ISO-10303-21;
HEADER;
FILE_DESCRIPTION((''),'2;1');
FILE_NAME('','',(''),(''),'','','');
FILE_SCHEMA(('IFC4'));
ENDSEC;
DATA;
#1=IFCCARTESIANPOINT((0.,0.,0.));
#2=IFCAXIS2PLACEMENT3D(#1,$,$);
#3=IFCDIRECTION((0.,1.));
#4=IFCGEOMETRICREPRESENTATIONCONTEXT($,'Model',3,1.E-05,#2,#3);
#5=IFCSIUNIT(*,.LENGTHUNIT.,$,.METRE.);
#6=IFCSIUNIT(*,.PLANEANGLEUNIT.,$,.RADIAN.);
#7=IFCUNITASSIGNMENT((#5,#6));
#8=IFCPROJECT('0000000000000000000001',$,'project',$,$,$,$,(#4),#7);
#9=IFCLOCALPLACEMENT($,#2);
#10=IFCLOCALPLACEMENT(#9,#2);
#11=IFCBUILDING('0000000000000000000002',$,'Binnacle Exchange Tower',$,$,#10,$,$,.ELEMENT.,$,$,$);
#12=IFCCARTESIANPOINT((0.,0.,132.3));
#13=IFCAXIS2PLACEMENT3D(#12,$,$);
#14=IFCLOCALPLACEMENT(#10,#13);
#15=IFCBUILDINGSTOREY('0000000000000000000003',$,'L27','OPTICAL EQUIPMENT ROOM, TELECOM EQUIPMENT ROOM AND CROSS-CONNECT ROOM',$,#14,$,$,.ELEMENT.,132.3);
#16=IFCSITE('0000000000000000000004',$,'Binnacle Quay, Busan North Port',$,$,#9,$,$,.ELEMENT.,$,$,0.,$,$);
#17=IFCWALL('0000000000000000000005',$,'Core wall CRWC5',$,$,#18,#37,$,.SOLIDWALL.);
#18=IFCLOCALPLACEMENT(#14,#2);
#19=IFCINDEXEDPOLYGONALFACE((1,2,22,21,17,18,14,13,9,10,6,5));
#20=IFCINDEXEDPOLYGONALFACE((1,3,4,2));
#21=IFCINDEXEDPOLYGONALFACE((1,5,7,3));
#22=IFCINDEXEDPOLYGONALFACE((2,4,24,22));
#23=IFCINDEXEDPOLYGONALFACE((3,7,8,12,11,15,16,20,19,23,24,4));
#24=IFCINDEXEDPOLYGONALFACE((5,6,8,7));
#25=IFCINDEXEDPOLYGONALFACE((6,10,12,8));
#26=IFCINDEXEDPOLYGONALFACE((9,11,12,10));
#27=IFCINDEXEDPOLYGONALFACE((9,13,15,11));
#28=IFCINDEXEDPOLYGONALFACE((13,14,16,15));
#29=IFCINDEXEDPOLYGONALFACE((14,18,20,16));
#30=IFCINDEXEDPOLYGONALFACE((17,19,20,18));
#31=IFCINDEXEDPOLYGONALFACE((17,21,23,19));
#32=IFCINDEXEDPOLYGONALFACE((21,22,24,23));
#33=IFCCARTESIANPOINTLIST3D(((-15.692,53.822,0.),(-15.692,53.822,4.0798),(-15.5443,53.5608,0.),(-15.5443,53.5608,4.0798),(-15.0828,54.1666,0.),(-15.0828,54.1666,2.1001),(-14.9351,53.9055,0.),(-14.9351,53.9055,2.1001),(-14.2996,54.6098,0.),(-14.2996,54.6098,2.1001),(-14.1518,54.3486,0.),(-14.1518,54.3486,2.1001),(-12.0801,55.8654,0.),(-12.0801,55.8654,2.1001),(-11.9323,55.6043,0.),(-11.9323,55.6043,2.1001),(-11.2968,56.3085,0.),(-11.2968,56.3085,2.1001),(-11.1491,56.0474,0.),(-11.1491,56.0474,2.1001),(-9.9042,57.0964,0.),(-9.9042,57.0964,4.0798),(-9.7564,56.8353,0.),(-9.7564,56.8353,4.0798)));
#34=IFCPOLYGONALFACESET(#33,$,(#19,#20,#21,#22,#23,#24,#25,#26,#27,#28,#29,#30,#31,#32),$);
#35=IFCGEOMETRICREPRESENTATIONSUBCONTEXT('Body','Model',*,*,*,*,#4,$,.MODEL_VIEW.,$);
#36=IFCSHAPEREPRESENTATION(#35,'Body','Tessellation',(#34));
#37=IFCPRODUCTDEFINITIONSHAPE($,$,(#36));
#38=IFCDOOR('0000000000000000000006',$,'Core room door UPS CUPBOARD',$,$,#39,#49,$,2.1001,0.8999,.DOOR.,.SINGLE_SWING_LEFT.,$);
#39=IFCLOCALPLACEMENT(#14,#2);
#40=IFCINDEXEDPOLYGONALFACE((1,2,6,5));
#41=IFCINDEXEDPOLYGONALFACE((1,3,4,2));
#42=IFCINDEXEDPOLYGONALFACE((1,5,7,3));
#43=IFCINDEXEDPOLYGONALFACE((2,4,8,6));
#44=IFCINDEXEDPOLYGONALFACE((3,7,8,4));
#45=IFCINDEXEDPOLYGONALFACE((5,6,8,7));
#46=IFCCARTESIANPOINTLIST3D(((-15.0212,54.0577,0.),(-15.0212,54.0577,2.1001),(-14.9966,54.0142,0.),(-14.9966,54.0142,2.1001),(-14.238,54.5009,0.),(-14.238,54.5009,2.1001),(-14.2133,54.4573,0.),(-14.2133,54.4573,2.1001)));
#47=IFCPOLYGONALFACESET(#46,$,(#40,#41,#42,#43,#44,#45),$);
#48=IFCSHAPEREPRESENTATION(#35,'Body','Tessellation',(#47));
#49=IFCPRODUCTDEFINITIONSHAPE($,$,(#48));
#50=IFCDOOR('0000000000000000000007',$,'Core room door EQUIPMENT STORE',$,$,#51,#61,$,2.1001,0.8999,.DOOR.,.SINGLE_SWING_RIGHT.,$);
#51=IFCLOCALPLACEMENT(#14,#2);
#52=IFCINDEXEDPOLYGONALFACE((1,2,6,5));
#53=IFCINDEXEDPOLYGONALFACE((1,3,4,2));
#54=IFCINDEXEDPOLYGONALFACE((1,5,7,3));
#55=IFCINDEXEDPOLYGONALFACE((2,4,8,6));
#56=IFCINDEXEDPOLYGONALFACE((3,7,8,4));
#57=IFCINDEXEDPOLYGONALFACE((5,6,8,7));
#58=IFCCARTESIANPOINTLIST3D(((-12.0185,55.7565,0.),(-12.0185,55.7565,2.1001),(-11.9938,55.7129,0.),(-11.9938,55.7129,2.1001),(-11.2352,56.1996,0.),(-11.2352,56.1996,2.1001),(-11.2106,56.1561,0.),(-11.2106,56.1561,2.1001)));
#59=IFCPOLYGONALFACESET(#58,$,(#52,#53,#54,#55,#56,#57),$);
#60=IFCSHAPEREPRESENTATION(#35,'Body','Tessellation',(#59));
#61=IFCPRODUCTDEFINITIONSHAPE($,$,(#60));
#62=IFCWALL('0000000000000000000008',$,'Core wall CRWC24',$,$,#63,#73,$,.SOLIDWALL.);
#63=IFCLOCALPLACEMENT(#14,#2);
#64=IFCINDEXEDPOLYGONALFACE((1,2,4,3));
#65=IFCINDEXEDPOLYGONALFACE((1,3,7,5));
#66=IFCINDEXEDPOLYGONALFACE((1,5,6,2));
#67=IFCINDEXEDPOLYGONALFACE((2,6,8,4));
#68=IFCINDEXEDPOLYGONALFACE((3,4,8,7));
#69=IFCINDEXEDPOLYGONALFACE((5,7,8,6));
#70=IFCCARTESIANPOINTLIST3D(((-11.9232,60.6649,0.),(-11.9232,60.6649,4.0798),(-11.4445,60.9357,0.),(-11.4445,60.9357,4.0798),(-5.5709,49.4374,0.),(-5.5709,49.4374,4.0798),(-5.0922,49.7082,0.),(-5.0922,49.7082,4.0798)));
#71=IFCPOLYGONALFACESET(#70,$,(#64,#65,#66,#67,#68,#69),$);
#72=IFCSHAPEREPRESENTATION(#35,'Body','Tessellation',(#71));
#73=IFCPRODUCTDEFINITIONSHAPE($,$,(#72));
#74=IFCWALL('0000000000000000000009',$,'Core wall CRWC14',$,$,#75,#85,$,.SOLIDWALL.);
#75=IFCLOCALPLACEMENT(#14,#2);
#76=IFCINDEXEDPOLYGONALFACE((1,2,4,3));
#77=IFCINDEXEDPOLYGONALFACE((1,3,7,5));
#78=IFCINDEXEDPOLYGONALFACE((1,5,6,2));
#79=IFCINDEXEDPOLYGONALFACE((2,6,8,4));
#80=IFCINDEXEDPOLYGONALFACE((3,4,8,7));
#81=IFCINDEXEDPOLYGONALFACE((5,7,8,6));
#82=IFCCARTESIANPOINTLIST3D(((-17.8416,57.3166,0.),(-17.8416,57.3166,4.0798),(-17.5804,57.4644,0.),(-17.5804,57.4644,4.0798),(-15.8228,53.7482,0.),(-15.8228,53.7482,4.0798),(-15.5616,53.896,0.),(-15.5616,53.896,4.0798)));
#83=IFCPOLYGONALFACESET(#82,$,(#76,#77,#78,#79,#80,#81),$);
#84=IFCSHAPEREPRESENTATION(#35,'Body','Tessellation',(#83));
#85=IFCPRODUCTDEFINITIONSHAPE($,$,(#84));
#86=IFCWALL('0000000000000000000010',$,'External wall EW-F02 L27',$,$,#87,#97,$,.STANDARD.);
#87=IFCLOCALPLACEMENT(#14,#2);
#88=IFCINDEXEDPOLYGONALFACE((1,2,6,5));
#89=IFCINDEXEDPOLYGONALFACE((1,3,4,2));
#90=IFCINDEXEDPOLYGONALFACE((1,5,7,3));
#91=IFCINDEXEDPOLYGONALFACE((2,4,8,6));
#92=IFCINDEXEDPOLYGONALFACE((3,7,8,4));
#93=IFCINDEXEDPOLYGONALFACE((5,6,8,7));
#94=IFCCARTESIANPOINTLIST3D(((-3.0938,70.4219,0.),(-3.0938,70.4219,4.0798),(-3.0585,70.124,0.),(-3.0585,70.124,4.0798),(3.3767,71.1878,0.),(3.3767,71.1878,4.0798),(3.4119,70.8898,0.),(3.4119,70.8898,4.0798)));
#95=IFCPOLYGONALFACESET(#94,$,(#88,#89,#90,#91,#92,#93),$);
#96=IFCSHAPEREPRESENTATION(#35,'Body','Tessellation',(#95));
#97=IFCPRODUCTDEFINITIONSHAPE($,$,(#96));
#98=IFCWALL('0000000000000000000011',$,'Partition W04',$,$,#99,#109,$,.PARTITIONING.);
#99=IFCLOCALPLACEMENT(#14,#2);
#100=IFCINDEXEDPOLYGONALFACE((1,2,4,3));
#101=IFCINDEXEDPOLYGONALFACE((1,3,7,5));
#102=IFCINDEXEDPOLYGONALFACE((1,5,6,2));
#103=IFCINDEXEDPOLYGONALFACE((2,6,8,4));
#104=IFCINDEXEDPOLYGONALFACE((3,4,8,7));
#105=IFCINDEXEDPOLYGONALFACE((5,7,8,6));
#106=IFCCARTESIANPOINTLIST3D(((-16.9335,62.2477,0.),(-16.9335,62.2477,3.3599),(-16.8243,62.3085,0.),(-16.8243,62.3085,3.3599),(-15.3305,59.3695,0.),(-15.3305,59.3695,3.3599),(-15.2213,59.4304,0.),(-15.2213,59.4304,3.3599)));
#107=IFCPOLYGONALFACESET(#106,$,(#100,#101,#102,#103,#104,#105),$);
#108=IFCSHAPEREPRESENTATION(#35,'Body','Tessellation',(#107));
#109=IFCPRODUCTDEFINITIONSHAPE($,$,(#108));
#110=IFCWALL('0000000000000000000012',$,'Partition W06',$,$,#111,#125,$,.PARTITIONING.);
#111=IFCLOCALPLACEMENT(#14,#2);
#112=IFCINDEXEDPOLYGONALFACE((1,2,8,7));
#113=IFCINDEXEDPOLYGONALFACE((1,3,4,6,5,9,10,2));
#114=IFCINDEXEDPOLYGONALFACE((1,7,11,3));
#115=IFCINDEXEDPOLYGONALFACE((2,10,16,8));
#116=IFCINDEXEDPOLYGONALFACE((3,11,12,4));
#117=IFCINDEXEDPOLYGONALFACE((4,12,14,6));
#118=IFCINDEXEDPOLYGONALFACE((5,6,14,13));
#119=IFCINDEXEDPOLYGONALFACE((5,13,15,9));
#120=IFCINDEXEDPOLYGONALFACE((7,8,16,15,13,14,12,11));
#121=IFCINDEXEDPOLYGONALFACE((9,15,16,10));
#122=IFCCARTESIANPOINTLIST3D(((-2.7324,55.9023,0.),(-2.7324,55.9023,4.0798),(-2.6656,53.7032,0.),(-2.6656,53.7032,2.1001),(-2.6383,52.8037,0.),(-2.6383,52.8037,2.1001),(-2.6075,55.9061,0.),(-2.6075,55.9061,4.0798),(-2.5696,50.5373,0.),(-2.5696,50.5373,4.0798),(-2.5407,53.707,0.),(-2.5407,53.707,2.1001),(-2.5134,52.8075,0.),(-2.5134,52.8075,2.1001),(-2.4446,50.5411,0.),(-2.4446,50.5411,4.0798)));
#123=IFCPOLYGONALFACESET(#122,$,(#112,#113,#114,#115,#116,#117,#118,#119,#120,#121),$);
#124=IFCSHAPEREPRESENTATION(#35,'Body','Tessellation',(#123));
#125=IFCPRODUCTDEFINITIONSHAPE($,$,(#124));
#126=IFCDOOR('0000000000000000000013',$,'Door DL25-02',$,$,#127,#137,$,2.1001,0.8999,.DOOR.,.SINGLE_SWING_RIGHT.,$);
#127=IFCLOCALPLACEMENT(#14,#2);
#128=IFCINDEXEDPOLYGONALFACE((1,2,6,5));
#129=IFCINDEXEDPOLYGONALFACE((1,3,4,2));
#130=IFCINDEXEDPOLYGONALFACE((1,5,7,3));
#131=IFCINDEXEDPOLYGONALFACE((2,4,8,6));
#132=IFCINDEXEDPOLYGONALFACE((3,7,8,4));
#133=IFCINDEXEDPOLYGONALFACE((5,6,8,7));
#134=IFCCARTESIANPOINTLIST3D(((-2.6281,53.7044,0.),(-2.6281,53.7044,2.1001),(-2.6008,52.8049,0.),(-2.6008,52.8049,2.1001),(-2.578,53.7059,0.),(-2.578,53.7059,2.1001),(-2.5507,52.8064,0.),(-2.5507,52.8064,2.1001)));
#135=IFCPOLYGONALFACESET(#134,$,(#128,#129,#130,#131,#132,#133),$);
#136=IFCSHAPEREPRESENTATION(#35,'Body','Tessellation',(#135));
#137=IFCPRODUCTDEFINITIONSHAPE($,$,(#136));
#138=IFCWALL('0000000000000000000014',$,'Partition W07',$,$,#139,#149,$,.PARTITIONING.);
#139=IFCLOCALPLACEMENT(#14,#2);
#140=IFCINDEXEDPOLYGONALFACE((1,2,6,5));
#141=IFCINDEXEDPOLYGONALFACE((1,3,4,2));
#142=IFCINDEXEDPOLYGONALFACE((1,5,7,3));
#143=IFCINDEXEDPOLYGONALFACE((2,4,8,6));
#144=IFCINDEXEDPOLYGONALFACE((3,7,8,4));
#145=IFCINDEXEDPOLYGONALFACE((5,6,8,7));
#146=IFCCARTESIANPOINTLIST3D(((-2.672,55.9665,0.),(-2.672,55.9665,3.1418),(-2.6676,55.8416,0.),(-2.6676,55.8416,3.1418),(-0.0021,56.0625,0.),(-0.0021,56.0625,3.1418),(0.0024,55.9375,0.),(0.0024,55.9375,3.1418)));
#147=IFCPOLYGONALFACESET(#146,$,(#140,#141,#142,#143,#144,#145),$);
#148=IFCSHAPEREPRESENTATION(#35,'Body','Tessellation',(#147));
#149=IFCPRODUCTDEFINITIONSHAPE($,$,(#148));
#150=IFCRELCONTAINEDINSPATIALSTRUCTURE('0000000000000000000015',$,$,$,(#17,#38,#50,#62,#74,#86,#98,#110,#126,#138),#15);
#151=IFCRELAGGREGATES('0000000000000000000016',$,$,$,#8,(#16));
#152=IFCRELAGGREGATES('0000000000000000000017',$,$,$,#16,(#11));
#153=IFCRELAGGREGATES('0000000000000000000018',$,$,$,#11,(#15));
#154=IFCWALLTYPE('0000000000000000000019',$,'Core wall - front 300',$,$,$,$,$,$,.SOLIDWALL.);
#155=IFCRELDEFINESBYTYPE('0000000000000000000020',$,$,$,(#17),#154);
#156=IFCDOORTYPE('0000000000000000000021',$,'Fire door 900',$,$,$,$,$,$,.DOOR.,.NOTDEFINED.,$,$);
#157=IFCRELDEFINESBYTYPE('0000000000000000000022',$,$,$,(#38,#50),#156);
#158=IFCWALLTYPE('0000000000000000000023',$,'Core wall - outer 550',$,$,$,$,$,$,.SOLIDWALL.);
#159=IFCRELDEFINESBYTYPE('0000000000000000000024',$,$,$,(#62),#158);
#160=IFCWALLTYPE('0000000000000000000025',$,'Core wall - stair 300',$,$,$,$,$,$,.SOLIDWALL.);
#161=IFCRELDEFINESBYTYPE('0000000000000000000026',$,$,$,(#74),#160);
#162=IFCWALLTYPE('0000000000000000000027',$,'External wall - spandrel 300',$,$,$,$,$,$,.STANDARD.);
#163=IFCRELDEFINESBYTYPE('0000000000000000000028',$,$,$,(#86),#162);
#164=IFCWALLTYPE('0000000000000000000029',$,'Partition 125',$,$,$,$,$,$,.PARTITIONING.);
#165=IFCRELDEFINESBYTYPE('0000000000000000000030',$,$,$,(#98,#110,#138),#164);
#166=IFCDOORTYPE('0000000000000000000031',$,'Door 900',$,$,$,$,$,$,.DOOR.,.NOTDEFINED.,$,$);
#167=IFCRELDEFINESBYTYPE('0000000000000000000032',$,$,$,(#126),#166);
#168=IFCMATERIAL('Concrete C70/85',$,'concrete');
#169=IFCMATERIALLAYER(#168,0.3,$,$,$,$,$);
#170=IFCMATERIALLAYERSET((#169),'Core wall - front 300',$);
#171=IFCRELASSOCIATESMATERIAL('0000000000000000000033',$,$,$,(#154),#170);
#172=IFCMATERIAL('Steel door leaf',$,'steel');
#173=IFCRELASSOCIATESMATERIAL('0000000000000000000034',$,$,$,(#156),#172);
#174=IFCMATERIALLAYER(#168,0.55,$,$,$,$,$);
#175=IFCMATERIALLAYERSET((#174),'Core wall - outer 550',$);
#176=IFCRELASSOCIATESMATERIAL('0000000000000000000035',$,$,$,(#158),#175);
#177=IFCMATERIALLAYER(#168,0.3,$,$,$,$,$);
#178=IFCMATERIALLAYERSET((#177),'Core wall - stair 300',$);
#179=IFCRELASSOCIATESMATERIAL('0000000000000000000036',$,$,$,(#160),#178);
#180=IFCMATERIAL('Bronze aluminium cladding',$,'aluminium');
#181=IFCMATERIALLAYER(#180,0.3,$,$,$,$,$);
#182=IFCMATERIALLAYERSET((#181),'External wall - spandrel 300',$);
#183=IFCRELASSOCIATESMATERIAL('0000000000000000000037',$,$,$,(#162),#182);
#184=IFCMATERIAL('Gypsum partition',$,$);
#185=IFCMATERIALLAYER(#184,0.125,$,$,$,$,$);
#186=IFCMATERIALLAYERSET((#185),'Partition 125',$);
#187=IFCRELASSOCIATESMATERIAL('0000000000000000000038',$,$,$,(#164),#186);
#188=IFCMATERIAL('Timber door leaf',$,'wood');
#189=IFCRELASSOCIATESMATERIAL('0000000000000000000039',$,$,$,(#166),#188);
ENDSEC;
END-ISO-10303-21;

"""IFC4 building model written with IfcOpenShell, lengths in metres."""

from ifc_helpers import new_model, si_unit, direction, frame, frame_2d, origin, place, context, subcontext, project, spatial, rectangle, extrude, material, layer, layer_set, type_object, element, fill, save


model = new_model("IFC4")

# Units and contexts
model_context = context("Model", 3, precision=1e-05, world=origin(), true_north=direction((0.0, 1.0)))
body_context = subcontext(model_context, "Body", "Model", "MODEL_VIEW")
ifc_project = project(units=[si_unit("LENGTHUNIT", "METRE"), si_unit("PLANEANGLEUNIT", "RADIAN")], contexts=[model_context])

# Site, building, storey
site_placement = place(None, origin())
site = spatial("IfcSite", under=ifc_project, at=site_placement, Name="Binnacle Quay, Busan North Port", CompositionType="ELEMENT", RefElevation=0.0)
building_placement = place(site_placement, origin())
building = spatial("IfcBuilding", under=site, at=building_placement, Name="Binnacle Exchange Tower", CompositionType="ELEMENT")
storey_placement = place(building_placement, frame((0.0, 0.0, 132.3)))
storey = spatial("IfcBuildingStorey", under=building, at=storey_placement, Name="L27", Description="OPTICAL EQUIPMENT ROOM, TELECOM EQUIPMENT ROOM AND CROSS-CONNECT ROOM", CompositionType="ELEMENT", Elevation=132.3)

# Shared definitions
ifc_material_1 = material(Name="Concrete C70/85", Category="concrete")

# Wall, openings, doors
ifc_layer_1 = layer(ifc_material_1, 0.3)
ifc_layer_set_1 = layer_set([ifc_layer_1], Name="Core wall - front 300")
wall_type_1 = type_object("IfcWallType", Name="Core wall - front 300", PredefinedType="SOLIDWALL", material=ifc_layer_set_1)
wall_1_placement = place(storey_placement, frame((-15.6182, 53.6914, 0.0), z_axis=(0.0, 0.0, 1.0), x_axis=(0.870368, 0.492402, 0.0)))
wall_1 = element("IfcWall", 1, at=wall_1_placement, inside=storey, type_object=wall_type_1, Name="Core wall CRWC5", PredefinedType="SOLIDWALL", context=body_context, shape_type="SweptSolid", body=[
    extrude(rectangle(XDim=6.6499, YDim=0.3, at=frame_2d((3.325, 0.0))), origin(), (0.0, 0.0, 1.0), 4.0798),
])
opening_1_placement = place(wall_1_placement, frame((0.7, 0.0, 0.0)))
opening_1 = element("IfcOpeningElement", 2, at=opening_1_placement, cuts=wall_1, PredefinedType="OPENING", context=body_context, shape_type="SweptSolid", body=[
    extrude(rectangle(XDim=0.8999, YDim=2.1001, at=frame_2d((0.45, 1.05))), frame((0.0, 0.1599, 0.0), z_axis=(0.0, -1.0, 0.0), x_axis=(1.0, 0.0, 0.0)), (0.0, 0.0, 1.0), 0.3201),
])
opening_2_placement = place(wall_1_placement, frame((4.1499, 0.0, 0.0)))
opening_2 = element("IfcOpeningElement", 3, at=opening_2_placement, cuts=wall_1, PredefinedType="OPENING", context=body_context, shape_type="SweptSolid", body=[
    extrude(rectangle(XDim=0.8999, YDim=2.1001, at=frame_2d((0.45, 1.05))), frame((0.0, 0.1599, 0.0), z_axis=(0.0, -1.0, 0.0), x_axis=(1.0, 0.0, 0.0)), (0.0, 0.0, 1.0), 0.3201),
])
ifc_material_2 = material(Name="Steel door leaf", Category="steel")
door_type_1 = type_object("IfcDoorType", Name="Fire door 900", OperationType="NOTDEFINED", PredefinedType="DOOR", material=ifc_material_2)
door_1_placement = place(opening_1_placement, origin())
door_1 = element("IfcDoor", 4, at=door_1_placement, inside=storey, type_object=door_type_1, Name="Core room door UPS CUPBOARD", OperationType="SINGLE_SWING_LEFT", OverallHeight=2.1001, OverallWidth=0.8999, PredefinedType="DOOR", context=body_context, shape_type="SweptSolid", body=[
    extrude(rectangle(XDim=0.8999, YDim=2.1001, at=frame_2d((0.45, 1.05))), frame((0.0, 0.0249, 0.0), z_axis=(0.0, -1.0, 0.0), x_axis=(1.0, 0.0, 0.0)), (0.0, 0.0, 1.0), 0.05),
])
fill(opening_1, door_1)
door_2_placement = place(opening_2_placement, origin())
door_2 = element("IfcDoor", 5, at=door_2_placement, inside=storey, type_object=door_type_1, Name="Core room door EQUIPMENT STORE", OperationType="SINGLE_SWING_RIGHT", OverallHeight=2.1001, OverallWidth=0.8999, PredefinedType="DOOR", context=body_context, shape_type="SweptSolid", body=[
    extrude(rectangle(XDim=0.8999, YDim=2.1001, at=frame_2d((0.45, 1.05))), frame((0.0, 0.0249, 0.0), z_axis=(0.0, -1.0, 0.0), x_axis=(1.0, 0.0, 0.0)), (0.0, 0.0, 1.0), 0.05),
])
fill(opening_2, door_2)

# Walls
ifc_layer_2 = layer(ifc_material_1, 0.55)
ifc_layer_set_2 = layer_set([ifc_layer_2], Name="Core wall - outer 550")
wall_type_2 = type_object("IfcWallType", Name="Core wall - outer 550", PredefinedType="SOLIDWALL", material=ifc_layer_set_2)
wall_2_placement = place(storey_placement, frame((-11.6838, 60.8003, 0.0), z_axis=(0.0, 0.0, 1.0), x_axis=(0.492427, -0.870354, 0.0)))
element("IfcWall", 6, at=wall_2_placement, inside=storey, type_object=wall_type_2, Name="Core wall CRWC24", PredefinedType="SOLIDWALL", context=body_context, shape_type="SweptSolid", body=[
    extrude(rectangle(XDim=12.8999, YDim=0.55, at=frame_2d((6.45, 0.0))), origin(), (0.0, 0.0, 1.0), 4.0798),
])
ifc_layer_3 = layer(ifc_material_1, 0.3)
ifc_layer_set_3 = layer_set([ifc_layer_3], Name="Core wall - stair 300")
wall_type_3 = type_object("IfcWallType", Name="Core wall - stair 300", PredefinedType="SOLIDWALL", material=ifc_layer_set_3)
wall_3_placement = place(storey_placement, frame((-17.7109, 57.3904, 0.0), z_axis=(0.0, 0.0, 1.0), x_axis=(0.492408, -0.870364, 0.0)))
element("IfcWall", 7, at=wall_3_placement, inside=storey, type_object=wall_type_3, Name="Core wall CRWC14", PredefinedType="SOLIDWALL", context=body_context, shape_type="SweptSolid", body=[
    extrude(rectangle(XDim=4.0999, YDim=0.3, at=frame_2d((2.0498, 0.0))), origin(), (0.0, 0.0, 1.0), 4.0798),
])
ifc_material_3 = material(Name="Bronze aluminium cladding", Category="aluminium")
ifc_layer_4 = layer(ifc_material_3, 0.3)
ifc_layer_set_4 = layer_set([ifc_layer_4], Name="External wall - spandrel 300")
wall_type_4 = type_object("IfcWallType", Name="External wall - spandrel 300", PredefinedType="STANDARD", material=ifc_layer_set_4)
wall_4_placement = place(storey_placement, frame((-3.0762, 70.2729, 0.0), z_axis=(0.0, 0.0, 1.0), x_axis=(0.993068, 0.117543, 0.0)))
element("IfcWall", 8, at=wall_4_placement, inside=storey, type_object=wall_type_4, Name="External wall EW-F02 L27", PredefinedType="STANDARD", context=body_context, shape_type="SweptSolid", body=[
    extrude(rectangle(XDim=6.5156, YDim=0.3, at=frame_2d((3.2578, 0.0))), origin(), (0.0, 0.0, 1.0), 4.0798),
])
ifc_material_4 = material(Name="Gypsum partition")
ifc_layer_5 = layer(ifc_material_4, 0.125)
ifc_layer_set_5 = layer_set([ifc_layer_5], Name="Partition 125")
wall_type_5 = type_object("IfcWallType", Name="Partition 125", PredefinedType="PARTITIONING", material=ifc_layer_set_5)
wall_5_placement = place(storey_placement, frame((-16.8789, 62.2781, 0.0), z_axis=(0.0, 0.0, 1.0), x_axis=(0.48658, -0.873636, 0.0)))
element("IfcWall", 9, at=wall_5_placement, inside=storey, type_object=wall_type_5, Name="Partition W04", PredefinedType="PARTITIONING", context=body_context, shape_type="SweptSolid", body=[
    extrude(rectangle(XDim=3.2944, YDim=0.125, at=frame_2d((1.6472, 0.0))), origin(), (0.0, 0.0, 1.0), 3.3599),
])

# Wall, opening, door
wall_6_placement = place(storey_placement, frame((-2.6699, 55.9041, 0.0), z_axis=(0.0, 0.0, 1.0), x_axis=(0.030339, -0.99954, 0.0)))
wall_6 = element("IfcWall", 10, at=wall_6_placement, inside=storey, type_object=wall_type_5, Name="Partition W06", PredefinedType="PARTITIONING", context=body_context, shape_type="SweptSolid", body=[
    extrude(rectangle(XDim=5.3674, YDim=0.125, at=frame_2d((2.6836, 0.0))), origin(), (0.0, 0.0, 1.0), 4.0798),
])
opening_3_placement = place(wall_6_placement, frame((2.2, 0.0, 0.0)))
opening_3 = element("IfcOpeningElement", 11, at=opening_3_placement, cuts=wall_6, PredefinedType="OPENING", context=body_context, shape_type="SweptSolid", body=[
    extrude(rectangle(XDim=0.8999, YDim=2.1001, at=frame_2d((0.45, 1.05))), frame((0.0, 0.0725, 0.0), z_axis=(0.0, -1.0, 0.0), x_axis=(1.0, 0.0, 0.0)), (0.0, 0.0, 1.0), 0.145),
])
ifc_material_5 = material(Name="Timber door leaf", Category="wood")
door_type_2 = type_object("IfcDoorType", Name="Door 900", OperationType="NOTDEFINED", PredefinedType="DOOR", material=ifc_material_5)
door_3_placement = place(opening_3_placement, frame((0.8999, 0.0, 0.0), z_axis=(0.0, 0.0, 1.0), x_axis=(-1.0, 0.0, 0.0)))
door_3 = element("IfcDoor", 12, at=door_3_placement, inside=storey, type_object=door_type_2, Name="Door DL25-02", OperationType="SINGLE_SWING_RIGHT", OverallHeight=2.1001, OverallWidth=0.8999, PredefinedType="DOOR", context=body_context, shape_type="SweptSolid", body=[
    extrude(rectangle(XDim=0.8999, YDim=2.1001, at=frame_2d((0.45, 1.05))), frame((0.0, 0.0249, 0.0), z_axis=(0.0, -1.0, 0.0), x_axis=(1.0, 0.0, 0.0)), (0.0, 0.0, 1.0), 0.05),
])
fill(opening_3, door_3)

# Wall
wall_7_placement = place(storey_placement, frame((-2.6699, 55.9041, 0.0), z_axis=(0.0, 0.0, 1.0), x_axis=(0.999355, 0.035913, 0.0)))
element("IfcWall", 13, at=wall_7_placement, inside=storey, type_object=wall_type_5, Name="Partition W07", PredefinedType="PARTITIONING", context=body_context, shape_type="SweptSolid", body=[
    extrude(rectangle(XDim=2.6716, YDim=0.125, at=frame_2d((1.3359, 0.0))), origin(), (0.0, 0.0, 1.0), 3.1418),
])

save(model, "model.ifc")
